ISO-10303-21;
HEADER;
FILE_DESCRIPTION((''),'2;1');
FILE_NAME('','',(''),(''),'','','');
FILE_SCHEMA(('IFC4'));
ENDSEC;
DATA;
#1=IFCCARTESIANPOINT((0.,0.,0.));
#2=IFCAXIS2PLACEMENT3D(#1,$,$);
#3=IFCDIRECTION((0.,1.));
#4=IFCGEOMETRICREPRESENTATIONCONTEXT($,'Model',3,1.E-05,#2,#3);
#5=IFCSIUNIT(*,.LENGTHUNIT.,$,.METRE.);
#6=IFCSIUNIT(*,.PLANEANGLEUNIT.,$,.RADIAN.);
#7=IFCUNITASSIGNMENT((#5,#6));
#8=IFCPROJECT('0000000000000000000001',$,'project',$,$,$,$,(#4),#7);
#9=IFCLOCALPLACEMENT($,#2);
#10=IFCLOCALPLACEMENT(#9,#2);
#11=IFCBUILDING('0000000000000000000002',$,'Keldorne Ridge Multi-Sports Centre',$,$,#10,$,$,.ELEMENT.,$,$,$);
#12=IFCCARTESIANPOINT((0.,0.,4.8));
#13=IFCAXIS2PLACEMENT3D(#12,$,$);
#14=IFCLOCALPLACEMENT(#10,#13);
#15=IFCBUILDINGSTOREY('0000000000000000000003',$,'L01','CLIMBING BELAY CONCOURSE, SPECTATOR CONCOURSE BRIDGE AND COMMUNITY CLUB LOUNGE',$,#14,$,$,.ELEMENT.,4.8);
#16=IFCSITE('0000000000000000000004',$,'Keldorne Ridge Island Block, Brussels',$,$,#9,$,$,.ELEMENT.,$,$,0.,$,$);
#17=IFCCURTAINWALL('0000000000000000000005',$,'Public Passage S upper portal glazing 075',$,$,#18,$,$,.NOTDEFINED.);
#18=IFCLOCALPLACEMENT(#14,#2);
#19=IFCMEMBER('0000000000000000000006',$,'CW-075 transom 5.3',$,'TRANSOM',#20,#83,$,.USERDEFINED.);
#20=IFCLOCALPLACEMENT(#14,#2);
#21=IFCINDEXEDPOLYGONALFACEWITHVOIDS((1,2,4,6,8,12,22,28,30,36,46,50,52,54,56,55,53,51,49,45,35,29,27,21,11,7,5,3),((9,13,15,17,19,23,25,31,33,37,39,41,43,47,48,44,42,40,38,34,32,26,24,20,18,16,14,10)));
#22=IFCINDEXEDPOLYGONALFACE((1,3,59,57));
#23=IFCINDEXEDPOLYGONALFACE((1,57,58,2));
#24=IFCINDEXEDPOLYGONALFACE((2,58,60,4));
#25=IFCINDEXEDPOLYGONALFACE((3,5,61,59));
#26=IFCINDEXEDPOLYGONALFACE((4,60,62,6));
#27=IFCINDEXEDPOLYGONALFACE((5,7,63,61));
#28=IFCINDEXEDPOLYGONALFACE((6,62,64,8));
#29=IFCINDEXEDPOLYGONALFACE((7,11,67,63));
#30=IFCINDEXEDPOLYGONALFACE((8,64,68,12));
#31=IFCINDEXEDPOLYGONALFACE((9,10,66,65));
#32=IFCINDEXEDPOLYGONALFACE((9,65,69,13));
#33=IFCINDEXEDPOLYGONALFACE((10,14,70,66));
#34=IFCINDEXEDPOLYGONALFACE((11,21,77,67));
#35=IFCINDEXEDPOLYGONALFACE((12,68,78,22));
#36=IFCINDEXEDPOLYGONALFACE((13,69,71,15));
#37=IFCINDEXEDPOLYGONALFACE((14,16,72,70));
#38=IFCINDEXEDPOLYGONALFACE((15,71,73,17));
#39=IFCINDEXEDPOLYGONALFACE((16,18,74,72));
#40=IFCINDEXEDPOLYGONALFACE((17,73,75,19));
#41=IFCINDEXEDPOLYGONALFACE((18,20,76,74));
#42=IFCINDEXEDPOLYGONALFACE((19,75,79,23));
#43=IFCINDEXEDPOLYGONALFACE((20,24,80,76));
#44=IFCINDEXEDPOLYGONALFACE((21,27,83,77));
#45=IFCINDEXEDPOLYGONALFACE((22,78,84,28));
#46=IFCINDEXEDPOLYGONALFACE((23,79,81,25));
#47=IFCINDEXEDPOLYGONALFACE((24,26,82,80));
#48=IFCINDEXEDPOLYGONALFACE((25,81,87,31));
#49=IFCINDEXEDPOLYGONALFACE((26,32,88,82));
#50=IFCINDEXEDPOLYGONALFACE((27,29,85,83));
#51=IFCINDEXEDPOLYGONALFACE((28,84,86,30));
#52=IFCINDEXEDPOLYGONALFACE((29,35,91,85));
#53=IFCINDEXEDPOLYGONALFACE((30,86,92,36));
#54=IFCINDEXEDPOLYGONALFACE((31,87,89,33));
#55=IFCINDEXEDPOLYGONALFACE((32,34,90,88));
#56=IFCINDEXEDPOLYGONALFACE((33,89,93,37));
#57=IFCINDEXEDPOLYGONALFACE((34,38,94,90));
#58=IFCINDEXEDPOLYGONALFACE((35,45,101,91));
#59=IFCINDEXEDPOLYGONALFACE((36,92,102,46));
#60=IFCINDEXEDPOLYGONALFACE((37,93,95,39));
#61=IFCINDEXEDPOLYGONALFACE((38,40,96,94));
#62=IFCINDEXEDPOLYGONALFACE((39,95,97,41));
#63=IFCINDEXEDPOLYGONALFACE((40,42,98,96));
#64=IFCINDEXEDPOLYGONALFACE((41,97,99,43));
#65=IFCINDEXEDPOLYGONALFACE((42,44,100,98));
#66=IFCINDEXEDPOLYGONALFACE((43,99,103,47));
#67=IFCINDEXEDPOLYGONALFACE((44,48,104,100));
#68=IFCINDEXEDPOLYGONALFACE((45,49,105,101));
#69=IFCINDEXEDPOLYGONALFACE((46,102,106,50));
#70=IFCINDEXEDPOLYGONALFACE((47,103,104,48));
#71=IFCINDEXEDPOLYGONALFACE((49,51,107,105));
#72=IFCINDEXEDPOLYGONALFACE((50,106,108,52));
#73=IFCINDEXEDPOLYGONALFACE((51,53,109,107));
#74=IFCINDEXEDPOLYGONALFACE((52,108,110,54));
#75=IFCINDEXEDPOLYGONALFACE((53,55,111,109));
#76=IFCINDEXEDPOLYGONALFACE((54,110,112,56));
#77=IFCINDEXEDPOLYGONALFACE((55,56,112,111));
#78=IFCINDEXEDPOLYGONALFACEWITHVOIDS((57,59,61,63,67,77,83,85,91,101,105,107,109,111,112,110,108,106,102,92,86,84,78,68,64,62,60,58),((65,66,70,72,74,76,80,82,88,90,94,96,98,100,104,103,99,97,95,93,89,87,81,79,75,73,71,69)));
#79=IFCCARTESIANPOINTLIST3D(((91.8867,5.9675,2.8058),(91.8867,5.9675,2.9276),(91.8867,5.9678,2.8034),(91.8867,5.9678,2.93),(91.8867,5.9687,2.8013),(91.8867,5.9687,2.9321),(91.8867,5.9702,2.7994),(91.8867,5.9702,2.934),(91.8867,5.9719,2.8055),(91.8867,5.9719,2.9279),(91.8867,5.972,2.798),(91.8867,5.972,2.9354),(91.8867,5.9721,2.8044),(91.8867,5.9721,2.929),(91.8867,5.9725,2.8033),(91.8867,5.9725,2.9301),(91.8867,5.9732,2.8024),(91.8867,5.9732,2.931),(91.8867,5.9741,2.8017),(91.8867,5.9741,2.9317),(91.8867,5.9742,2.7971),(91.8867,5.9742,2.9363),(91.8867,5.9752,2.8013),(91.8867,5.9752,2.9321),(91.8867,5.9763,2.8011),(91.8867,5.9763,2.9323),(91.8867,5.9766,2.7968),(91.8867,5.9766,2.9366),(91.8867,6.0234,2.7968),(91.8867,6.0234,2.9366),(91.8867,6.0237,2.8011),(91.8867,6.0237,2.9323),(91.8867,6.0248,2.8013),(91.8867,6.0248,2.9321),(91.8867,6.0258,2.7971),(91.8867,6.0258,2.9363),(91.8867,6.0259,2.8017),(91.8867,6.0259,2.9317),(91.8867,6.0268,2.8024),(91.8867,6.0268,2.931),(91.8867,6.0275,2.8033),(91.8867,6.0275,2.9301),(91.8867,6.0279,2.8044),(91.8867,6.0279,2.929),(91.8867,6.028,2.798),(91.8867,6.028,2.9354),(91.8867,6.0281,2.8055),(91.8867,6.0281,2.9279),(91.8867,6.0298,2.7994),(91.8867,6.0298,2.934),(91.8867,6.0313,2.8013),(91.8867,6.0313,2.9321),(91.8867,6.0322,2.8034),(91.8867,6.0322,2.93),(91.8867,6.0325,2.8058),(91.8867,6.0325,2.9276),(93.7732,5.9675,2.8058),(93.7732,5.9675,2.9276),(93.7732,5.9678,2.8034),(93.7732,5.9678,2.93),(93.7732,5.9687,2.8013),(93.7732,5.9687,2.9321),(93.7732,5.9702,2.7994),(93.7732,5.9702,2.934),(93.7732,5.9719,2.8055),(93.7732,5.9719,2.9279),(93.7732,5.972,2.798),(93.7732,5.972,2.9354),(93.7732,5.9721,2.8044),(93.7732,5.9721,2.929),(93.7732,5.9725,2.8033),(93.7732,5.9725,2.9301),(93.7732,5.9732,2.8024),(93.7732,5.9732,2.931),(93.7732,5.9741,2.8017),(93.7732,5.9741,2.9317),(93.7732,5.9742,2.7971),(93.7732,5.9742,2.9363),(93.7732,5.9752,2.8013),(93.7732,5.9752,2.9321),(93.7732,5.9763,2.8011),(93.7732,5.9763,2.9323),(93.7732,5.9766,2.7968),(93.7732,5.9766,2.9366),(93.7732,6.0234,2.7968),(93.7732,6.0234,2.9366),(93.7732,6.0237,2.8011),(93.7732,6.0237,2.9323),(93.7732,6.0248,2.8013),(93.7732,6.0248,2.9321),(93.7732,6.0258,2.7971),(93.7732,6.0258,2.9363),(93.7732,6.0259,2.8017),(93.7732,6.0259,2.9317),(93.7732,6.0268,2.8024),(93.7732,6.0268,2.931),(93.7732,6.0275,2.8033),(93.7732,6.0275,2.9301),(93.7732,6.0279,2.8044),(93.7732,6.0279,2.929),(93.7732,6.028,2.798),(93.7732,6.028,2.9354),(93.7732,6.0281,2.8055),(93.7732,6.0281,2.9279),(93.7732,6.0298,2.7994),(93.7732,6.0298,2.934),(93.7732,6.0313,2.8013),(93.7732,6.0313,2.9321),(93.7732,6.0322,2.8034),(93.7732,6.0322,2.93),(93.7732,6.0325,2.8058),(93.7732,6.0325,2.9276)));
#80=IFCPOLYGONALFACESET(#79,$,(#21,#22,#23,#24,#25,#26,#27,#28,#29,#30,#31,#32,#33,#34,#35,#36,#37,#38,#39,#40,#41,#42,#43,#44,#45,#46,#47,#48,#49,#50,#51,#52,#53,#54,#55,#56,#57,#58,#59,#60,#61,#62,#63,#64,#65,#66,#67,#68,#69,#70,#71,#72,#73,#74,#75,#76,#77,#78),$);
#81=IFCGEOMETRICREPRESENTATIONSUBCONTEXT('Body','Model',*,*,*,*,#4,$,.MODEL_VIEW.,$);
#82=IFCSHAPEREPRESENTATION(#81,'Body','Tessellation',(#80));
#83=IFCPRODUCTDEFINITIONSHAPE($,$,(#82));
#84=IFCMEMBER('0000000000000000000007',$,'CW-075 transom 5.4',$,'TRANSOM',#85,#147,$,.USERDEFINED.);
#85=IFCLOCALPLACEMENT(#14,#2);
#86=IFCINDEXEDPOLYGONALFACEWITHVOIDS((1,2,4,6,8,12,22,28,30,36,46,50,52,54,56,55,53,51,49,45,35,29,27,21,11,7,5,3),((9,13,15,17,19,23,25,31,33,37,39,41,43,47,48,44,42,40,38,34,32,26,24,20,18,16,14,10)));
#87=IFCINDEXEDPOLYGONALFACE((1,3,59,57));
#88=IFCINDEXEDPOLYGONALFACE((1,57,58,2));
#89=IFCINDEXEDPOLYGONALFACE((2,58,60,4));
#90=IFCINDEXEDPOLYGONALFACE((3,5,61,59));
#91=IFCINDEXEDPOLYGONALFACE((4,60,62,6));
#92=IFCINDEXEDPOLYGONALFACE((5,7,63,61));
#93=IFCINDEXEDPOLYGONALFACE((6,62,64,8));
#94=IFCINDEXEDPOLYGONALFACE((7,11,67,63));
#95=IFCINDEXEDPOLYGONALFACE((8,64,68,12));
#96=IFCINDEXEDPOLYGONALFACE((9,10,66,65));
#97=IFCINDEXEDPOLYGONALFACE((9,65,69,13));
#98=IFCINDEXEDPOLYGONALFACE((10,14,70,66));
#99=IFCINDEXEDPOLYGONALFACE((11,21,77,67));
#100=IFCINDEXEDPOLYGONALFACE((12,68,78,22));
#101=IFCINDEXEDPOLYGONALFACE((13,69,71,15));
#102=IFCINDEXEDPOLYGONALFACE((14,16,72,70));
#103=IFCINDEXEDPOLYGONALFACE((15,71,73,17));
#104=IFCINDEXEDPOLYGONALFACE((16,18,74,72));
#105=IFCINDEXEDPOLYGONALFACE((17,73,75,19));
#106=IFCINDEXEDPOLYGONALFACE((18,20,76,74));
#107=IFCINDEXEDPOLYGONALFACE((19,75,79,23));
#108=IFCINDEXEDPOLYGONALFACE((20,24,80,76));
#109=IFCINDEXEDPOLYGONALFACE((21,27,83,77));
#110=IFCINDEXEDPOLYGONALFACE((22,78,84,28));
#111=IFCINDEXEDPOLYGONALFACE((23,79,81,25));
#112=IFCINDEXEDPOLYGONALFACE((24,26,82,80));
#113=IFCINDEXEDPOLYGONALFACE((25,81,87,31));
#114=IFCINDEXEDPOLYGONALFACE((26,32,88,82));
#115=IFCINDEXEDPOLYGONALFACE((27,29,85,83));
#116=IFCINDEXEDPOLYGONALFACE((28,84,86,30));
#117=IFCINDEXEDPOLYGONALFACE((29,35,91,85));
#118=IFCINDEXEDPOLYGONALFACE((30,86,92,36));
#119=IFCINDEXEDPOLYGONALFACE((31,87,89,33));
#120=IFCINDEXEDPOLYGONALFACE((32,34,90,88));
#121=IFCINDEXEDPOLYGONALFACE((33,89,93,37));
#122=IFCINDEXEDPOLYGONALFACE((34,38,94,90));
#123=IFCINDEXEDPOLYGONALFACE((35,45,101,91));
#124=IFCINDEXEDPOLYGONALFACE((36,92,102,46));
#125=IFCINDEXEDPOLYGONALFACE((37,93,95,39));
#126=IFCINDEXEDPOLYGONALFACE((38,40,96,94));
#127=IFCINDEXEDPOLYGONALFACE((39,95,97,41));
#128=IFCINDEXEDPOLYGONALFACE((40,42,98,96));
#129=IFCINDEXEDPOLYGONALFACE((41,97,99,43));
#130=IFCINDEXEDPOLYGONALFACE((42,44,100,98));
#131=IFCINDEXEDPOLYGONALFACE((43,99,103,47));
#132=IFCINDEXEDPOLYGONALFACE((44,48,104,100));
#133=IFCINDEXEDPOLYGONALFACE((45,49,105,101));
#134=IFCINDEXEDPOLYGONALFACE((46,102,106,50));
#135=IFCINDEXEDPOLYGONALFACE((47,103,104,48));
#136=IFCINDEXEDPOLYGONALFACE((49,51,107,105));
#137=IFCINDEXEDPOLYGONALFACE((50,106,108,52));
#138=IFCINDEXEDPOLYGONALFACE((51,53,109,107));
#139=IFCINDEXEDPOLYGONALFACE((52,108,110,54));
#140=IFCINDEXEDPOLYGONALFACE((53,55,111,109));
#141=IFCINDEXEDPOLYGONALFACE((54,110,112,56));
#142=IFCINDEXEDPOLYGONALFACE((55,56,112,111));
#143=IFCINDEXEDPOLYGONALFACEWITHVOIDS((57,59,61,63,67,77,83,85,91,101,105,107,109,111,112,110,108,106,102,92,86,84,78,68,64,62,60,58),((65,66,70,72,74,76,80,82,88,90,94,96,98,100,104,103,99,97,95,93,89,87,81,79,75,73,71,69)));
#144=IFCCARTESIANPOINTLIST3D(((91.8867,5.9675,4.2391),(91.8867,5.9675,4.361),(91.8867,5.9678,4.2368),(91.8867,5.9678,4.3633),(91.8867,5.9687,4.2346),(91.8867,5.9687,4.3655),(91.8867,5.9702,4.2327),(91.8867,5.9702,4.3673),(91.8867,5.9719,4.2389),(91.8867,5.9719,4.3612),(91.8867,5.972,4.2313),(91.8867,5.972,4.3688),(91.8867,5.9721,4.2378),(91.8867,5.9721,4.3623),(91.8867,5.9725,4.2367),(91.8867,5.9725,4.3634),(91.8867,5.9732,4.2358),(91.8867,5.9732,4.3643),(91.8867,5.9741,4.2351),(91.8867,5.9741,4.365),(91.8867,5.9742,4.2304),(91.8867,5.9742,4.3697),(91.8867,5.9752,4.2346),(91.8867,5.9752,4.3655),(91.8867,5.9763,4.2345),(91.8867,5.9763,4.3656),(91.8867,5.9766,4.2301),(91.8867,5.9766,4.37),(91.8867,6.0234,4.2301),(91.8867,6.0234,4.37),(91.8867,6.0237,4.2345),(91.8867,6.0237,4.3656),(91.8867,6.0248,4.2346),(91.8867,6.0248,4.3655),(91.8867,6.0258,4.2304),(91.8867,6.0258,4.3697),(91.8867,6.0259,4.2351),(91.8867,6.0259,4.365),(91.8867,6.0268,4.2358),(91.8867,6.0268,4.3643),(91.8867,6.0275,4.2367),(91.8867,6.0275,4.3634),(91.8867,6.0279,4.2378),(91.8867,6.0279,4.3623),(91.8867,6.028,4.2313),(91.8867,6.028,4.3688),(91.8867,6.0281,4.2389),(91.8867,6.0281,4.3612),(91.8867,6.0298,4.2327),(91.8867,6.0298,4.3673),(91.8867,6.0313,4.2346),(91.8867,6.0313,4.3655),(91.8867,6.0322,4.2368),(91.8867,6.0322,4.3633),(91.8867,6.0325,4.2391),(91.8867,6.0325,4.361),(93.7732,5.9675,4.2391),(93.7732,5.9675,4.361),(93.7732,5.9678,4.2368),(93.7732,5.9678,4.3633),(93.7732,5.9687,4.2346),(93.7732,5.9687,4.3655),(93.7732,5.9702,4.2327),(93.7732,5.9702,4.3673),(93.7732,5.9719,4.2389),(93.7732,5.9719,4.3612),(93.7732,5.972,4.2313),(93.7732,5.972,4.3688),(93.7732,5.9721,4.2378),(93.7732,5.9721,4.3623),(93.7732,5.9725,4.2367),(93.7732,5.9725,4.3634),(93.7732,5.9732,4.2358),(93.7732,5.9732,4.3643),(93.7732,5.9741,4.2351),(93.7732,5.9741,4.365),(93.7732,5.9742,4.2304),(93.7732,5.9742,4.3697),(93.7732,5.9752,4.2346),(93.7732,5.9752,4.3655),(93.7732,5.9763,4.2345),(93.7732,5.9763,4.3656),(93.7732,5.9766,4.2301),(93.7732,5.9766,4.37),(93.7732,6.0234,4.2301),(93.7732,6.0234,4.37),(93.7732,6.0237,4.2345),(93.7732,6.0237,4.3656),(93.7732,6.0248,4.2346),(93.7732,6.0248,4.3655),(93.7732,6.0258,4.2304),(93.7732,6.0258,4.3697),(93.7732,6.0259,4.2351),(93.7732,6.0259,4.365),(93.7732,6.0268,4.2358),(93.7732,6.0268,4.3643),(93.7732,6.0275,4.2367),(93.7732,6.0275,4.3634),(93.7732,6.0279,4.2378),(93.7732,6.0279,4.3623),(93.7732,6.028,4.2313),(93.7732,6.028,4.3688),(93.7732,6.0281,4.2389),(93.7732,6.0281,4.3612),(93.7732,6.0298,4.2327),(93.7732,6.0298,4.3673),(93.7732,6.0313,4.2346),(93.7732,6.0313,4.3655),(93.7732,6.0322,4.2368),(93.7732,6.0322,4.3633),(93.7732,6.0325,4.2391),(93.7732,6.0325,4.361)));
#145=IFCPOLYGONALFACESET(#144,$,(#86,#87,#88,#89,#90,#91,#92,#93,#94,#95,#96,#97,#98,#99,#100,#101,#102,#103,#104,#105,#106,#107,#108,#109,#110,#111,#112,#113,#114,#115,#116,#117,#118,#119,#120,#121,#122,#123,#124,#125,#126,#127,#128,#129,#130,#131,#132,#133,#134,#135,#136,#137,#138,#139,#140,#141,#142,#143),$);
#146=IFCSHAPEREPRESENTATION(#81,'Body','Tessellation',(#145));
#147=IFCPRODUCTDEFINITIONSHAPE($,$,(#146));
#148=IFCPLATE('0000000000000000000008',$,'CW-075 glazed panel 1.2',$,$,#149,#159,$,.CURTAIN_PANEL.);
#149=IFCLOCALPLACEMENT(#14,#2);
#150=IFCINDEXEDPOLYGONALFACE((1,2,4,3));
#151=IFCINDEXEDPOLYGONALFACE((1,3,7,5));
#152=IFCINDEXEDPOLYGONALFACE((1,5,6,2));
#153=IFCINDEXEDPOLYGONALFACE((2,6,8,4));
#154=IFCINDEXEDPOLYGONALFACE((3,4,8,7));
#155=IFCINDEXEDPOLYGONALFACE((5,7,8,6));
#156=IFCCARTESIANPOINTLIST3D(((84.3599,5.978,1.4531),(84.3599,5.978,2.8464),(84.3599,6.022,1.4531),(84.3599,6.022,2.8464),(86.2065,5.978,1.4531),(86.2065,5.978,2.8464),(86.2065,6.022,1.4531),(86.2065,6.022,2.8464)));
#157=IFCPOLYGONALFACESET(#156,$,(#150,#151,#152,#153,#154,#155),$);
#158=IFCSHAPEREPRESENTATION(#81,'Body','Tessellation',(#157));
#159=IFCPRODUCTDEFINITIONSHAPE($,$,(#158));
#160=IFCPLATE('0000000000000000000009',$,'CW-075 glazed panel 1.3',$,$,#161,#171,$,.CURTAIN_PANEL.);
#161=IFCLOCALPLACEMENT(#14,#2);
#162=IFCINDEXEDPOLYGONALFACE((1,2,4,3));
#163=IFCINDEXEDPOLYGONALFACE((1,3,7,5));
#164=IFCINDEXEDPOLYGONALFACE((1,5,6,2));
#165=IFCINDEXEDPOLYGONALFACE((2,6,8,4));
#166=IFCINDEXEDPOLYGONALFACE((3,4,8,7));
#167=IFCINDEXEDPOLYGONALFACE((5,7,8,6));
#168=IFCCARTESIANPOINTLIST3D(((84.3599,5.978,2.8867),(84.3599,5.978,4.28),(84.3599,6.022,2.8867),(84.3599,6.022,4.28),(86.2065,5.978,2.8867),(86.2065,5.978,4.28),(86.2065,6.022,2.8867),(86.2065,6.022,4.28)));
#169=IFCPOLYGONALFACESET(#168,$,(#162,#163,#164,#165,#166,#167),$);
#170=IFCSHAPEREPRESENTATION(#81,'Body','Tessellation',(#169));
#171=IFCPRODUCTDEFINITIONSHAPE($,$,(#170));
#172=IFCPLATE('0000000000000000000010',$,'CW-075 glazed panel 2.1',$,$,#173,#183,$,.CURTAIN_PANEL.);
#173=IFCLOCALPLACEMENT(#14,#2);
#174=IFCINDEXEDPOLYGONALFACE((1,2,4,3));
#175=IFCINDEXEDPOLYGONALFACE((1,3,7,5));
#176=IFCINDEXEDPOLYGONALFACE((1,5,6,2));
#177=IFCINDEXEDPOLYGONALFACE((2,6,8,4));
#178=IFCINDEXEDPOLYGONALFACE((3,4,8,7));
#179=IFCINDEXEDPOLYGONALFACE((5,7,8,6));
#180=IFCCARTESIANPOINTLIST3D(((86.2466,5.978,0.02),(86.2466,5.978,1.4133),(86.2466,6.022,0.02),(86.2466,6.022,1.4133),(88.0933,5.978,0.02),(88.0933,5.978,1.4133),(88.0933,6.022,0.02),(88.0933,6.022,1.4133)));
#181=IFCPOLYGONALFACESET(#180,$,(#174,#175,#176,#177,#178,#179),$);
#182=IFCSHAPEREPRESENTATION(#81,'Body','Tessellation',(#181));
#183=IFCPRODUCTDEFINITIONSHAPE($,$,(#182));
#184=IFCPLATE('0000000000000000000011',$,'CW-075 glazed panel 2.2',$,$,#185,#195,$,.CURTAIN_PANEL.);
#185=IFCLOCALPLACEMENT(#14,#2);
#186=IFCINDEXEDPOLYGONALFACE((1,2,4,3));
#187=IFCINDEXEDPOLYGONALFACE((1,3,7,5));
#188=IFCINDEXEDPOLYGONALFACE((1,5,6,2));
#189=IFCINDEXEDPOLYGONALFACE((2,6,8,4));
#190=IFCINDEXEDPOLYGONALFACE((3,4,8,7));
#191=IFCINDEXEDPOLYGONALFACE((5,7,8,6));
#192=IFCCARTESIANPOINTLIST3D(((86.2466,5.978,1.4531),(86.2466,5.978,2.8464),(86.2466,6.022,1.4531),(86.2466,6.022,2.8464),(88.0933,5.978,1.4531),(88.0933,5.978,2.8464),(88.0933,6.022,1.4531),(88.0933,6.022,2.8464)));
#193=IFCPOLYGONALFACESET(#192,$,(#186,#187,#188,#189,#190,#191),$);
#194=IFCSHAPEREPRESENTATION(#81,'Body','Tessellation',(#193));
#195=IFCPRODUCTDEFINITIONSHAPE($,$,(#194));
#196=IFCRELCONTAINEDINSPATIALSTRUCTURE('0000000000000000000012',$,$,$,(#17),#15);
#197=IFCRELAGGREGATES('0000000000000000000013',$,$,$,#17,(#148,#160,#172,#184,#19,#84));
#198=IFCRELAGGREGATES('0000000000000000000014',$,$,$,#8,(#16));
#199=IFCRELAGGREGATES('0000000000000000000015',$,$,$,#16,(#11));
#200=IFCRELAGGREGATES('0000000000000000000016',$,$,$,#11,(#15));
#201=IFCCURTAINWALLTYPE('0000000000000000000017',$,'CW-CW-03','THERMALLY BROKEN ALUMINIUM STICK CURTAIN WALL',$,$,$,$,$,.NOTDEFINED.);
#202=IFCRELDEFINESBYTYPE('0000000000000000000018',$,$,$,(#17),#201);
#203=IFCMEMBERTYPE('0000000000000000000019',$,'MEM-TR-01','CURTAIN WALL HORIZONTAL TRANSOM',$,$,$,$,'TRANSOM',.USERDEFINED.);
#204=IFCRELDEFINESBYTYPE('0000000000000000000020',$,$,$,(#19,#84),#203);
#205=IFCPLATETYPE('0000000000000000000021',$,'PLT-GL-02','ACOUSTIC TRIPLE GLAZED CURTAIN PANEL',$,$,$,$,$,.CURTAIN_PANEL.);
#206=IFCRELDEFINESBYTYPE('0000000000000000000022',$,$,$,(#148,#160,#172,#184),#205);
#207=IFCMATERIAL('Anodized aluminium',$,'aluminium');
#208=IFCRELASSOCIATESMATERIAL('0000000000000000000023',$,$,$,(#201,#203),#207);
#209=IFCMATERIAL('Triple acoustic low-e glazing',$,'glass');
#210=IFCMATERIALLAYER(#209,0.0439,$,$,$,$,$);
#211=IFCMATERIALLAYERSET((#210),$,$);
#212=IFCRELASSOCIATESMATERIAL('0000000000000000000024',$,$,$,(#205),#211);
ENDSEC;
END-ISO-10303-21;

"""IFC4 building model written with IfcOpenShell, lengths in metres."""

from ifc_helpers import new_model, si_unit, direction, frame, origin, origin_2d, place, context, subcontext, project, spatial, rectangle, hollow_rectangle, extrude, material, layer, layer_set, material_profile, profile_set, type_object, element, aggregate, save


model = new_model("IFC4")

# Units and contexts
model_context = context("Model", 3, precision=1e-05, world=origin(), true_north=direction((0.0, 1.0)))
body_context = subcontext(model_context, "Body", "Model", "MODEL_VIEW")
ifc_project = project(units=[si_unit("LENGTHUNIT", "METRE"), si_unit("PLANEANGLEUNIT", "RADIAN")], contexts=[model_context])

# Site, building, storey
site_placement = place(None, origin())
site = spatial("IfcSite", under=ifc_project, at=site_placement, Name="Keldorne Ridge Island Block, Brussels", CompositionType="ELEMENT", RefElevation=0.0)
building_placement = place(site_placement, origin())
building = spatial("IfcBuilding", under=site, at=building_placement, Name="Keldorne Ridge Multi-Sports Centre", CompositionType="ELEMENT")
storey_placement = place(building_placement, frame((0.0, 0.0, 4.8)))
storey = spatial("IfcBuildingStorey", under=building, at=storey_placement, Name="L01", Description="CLIMBING BELAY CONCOURSE, SPECTATOR CONCOURSE BRIDGE AND COMMUNITY CLUB LOUNGE", CompositionType="ELEMENT", Elevation=4.8)

# Curtain wall, members, plates
ifc_material_1 = material(Name="Anodized aluminium", Category="aluminium")
curtain_wall_type = type_object("IfcCurtainWallType", Name="CW-CW-03", Description="THERMALLY BROKEN ALUMINIUM STICK CURTAIN WALL", PredefinedType="NOTDEFINED", material=ifc_material_1)
curtain_wall_placement = place(storey_placement, origin())
curtain_wall = element("IfcCurtainWall", 1, at=curtain_wall_placement, inside=storey, type_object=curtain_wall_type, Name="Public Passage S upper portal glazing 075", PredefinedType="NOTDEFINED")
ifc_material_profile_1 = material_profile(ifc_material_1, hollow_rectangle(XDim=0.0649, YDim=0.1399, WallThickness=0.0044, InnerFilletRadius=0.0044, OuterFilletRadius=0.009, at=origin_2d()), Name="ALU TRANSOM 140x65x4.5")
ifc_profile_set_1 = profile_set([ifc_material_profile_1], Name="Anodized aluminium")
member_type_1 = type_object("IfcMemberType", Name="MEM-TR-01", Description="CURTAIN WALL HORIZONTAL TRANSOM", ElementType="TRANSOM", PredefinedType="USERDEFINED", material=ifc_profile_set_1)
member_1_placement = place(storey_placement, frame((91.8867, 6.0, 2.8667), z_axis=(1.0, 0.0, 0.0), x_axis=(0.0, 1.0, 0.0)))
member_1 = element("IfcMember", 2, at=member_1_placement, type_object=member_type_1, Name="CW-075 transom 5.3", ObjectType="TRANSOM", PredefinedType="USERDEFINED", context=body_context, shape_type="SweptSolid", body=[
    extrude(hollow_rectangle(XDim=0.0649, YDim=0.1399, WallThickness=0.0044, InnerFilletRadius=0.0044, OuterFilletRadius=0.009, at=origin_2d()), origin(), (0.0, 0.0, 1.0), 1.8865),
])
member_2_placement = place(storey_placement, frame((91.8867, 6.0, 4.3), z_axis=(1.0, 0.0, 0.0), x_axis=(0.0, 1.0, 0.0)))
member_2 = element("IfcMember", 3, at=member_2_placement, type_object=member_type_1, Name="CW-075 transom 5.4", ObjectType="TRANSOM", PredefinedType="USERDEFINED", context=body_context, shape_type="SweptSolid", body=[
    extrude(hollow_rectangle(XDim=0.0649, YDim=0.1399, WallThickness=0.0044, InnerFilletRadius=0.0044, OuterFilletRadius=0.009, at=origin_2d()), origin(), (0.0, 0.0, 1.0), 1.8865),
])
ifc_material_2 = material(Name="Triple acoustic low-e glazing", Category="glass")
ifc_layer = layer(ifc_material_2, 0.0439)
ifc_layer_set = layer_set([ifc_layer])
plate_type = type_object("IfcPlateType", Name="PLT-GL-02", Description="ACOUSTIC TRIPLE GLAZED CURTAIN PANEL", PredefinedType="CURTAIN_PANEL", material=ifc_layer_set)
plate_1_placement = place(storey_placement, frame((85.2832, 6.0, 1.4531), z_axis=(0.0, 0.0, 1.0), x_axis=(1.0, 0.0, 0.0)))
plate_1 = element("IfcPlate", 4, at=plate_1_placement, type_object=plate_type, Name="CW-075 glazed panel 1.2", PredefinedType="CURTAIN_PANEL", context=body_context, shape_type="SweptSolid", body=[
    extrude(rectangle(XDim=1.8467, YDim=0.0439, at=origin_2d()), origin(), (0.0, 0.0, 1.0), 1.3933),
])
plate_2_placement = place(storey_placement, frame((85.2832, 6.0, 2.8867), z_axis=(0.0, 0.0, 1.0), x_axis=(1.0, 0.0, 0.0)))
plate_2 = element("IfcPlate", 5, at=plate_2_placement, type_object=plate_type, Name="CW-075 glazed panel 1.3", PredefinedType="CURTAIN_PANEL", context=body_context, shape_type="SweptSolid", body=[
    extrude(rectangle(XDim=1.8467, YDim=0.0439, at=origin_2d()), origin(), (0.0, 0.0, 1.0), 1.3933),
])
plate_3_placement = place(storey_placement, frame((87.1699, 6.0, 0.02), z_axis=(0.0, 0.0, 1.0), x_axis=(1.0, 0.0, 0.0)))
plate_3 = element("IfcPlate", 6, at=plate_3_placement, type_object=plate_type, Name="CW-075 glazed panel 2.1", PredefinedType="CURTAIN_PANEL", context=body_context, shape_type="SweptSolid", body=[
    extrude(rectangle(XDim=1.8467, YDim=0.0439, at=origin_2d()), origin(), (0.0, 0.0, 1.0), 1.3933),
])
plate_4_placement = place(storey_placement, frame((87.1699, 6.0, 1.4531), z_axis=(0.0, 0.0, 1.0), x_axis=(1.0, 0.0, 0.0)))
plate_4 = element("IfcPlate", 7, at=plate_4_placement, type_object=plate_type, Name="CW-075 glazed panel 2.2", PredefinedType="CURTAIN_PANEL", context=body_context, shape_type="SweptSolid", body=[
    extrude(rectangle(XDim=1.8467, YDim=0.0439, at=origin_2d()), origin(), (0.0, 0.0, 1.0), 1.3933),
])
aggregate(curtain_wall, [plate_1, plate_2, plate_3, plate_4, member_1, member_2])

save(model, "model.ifc")
